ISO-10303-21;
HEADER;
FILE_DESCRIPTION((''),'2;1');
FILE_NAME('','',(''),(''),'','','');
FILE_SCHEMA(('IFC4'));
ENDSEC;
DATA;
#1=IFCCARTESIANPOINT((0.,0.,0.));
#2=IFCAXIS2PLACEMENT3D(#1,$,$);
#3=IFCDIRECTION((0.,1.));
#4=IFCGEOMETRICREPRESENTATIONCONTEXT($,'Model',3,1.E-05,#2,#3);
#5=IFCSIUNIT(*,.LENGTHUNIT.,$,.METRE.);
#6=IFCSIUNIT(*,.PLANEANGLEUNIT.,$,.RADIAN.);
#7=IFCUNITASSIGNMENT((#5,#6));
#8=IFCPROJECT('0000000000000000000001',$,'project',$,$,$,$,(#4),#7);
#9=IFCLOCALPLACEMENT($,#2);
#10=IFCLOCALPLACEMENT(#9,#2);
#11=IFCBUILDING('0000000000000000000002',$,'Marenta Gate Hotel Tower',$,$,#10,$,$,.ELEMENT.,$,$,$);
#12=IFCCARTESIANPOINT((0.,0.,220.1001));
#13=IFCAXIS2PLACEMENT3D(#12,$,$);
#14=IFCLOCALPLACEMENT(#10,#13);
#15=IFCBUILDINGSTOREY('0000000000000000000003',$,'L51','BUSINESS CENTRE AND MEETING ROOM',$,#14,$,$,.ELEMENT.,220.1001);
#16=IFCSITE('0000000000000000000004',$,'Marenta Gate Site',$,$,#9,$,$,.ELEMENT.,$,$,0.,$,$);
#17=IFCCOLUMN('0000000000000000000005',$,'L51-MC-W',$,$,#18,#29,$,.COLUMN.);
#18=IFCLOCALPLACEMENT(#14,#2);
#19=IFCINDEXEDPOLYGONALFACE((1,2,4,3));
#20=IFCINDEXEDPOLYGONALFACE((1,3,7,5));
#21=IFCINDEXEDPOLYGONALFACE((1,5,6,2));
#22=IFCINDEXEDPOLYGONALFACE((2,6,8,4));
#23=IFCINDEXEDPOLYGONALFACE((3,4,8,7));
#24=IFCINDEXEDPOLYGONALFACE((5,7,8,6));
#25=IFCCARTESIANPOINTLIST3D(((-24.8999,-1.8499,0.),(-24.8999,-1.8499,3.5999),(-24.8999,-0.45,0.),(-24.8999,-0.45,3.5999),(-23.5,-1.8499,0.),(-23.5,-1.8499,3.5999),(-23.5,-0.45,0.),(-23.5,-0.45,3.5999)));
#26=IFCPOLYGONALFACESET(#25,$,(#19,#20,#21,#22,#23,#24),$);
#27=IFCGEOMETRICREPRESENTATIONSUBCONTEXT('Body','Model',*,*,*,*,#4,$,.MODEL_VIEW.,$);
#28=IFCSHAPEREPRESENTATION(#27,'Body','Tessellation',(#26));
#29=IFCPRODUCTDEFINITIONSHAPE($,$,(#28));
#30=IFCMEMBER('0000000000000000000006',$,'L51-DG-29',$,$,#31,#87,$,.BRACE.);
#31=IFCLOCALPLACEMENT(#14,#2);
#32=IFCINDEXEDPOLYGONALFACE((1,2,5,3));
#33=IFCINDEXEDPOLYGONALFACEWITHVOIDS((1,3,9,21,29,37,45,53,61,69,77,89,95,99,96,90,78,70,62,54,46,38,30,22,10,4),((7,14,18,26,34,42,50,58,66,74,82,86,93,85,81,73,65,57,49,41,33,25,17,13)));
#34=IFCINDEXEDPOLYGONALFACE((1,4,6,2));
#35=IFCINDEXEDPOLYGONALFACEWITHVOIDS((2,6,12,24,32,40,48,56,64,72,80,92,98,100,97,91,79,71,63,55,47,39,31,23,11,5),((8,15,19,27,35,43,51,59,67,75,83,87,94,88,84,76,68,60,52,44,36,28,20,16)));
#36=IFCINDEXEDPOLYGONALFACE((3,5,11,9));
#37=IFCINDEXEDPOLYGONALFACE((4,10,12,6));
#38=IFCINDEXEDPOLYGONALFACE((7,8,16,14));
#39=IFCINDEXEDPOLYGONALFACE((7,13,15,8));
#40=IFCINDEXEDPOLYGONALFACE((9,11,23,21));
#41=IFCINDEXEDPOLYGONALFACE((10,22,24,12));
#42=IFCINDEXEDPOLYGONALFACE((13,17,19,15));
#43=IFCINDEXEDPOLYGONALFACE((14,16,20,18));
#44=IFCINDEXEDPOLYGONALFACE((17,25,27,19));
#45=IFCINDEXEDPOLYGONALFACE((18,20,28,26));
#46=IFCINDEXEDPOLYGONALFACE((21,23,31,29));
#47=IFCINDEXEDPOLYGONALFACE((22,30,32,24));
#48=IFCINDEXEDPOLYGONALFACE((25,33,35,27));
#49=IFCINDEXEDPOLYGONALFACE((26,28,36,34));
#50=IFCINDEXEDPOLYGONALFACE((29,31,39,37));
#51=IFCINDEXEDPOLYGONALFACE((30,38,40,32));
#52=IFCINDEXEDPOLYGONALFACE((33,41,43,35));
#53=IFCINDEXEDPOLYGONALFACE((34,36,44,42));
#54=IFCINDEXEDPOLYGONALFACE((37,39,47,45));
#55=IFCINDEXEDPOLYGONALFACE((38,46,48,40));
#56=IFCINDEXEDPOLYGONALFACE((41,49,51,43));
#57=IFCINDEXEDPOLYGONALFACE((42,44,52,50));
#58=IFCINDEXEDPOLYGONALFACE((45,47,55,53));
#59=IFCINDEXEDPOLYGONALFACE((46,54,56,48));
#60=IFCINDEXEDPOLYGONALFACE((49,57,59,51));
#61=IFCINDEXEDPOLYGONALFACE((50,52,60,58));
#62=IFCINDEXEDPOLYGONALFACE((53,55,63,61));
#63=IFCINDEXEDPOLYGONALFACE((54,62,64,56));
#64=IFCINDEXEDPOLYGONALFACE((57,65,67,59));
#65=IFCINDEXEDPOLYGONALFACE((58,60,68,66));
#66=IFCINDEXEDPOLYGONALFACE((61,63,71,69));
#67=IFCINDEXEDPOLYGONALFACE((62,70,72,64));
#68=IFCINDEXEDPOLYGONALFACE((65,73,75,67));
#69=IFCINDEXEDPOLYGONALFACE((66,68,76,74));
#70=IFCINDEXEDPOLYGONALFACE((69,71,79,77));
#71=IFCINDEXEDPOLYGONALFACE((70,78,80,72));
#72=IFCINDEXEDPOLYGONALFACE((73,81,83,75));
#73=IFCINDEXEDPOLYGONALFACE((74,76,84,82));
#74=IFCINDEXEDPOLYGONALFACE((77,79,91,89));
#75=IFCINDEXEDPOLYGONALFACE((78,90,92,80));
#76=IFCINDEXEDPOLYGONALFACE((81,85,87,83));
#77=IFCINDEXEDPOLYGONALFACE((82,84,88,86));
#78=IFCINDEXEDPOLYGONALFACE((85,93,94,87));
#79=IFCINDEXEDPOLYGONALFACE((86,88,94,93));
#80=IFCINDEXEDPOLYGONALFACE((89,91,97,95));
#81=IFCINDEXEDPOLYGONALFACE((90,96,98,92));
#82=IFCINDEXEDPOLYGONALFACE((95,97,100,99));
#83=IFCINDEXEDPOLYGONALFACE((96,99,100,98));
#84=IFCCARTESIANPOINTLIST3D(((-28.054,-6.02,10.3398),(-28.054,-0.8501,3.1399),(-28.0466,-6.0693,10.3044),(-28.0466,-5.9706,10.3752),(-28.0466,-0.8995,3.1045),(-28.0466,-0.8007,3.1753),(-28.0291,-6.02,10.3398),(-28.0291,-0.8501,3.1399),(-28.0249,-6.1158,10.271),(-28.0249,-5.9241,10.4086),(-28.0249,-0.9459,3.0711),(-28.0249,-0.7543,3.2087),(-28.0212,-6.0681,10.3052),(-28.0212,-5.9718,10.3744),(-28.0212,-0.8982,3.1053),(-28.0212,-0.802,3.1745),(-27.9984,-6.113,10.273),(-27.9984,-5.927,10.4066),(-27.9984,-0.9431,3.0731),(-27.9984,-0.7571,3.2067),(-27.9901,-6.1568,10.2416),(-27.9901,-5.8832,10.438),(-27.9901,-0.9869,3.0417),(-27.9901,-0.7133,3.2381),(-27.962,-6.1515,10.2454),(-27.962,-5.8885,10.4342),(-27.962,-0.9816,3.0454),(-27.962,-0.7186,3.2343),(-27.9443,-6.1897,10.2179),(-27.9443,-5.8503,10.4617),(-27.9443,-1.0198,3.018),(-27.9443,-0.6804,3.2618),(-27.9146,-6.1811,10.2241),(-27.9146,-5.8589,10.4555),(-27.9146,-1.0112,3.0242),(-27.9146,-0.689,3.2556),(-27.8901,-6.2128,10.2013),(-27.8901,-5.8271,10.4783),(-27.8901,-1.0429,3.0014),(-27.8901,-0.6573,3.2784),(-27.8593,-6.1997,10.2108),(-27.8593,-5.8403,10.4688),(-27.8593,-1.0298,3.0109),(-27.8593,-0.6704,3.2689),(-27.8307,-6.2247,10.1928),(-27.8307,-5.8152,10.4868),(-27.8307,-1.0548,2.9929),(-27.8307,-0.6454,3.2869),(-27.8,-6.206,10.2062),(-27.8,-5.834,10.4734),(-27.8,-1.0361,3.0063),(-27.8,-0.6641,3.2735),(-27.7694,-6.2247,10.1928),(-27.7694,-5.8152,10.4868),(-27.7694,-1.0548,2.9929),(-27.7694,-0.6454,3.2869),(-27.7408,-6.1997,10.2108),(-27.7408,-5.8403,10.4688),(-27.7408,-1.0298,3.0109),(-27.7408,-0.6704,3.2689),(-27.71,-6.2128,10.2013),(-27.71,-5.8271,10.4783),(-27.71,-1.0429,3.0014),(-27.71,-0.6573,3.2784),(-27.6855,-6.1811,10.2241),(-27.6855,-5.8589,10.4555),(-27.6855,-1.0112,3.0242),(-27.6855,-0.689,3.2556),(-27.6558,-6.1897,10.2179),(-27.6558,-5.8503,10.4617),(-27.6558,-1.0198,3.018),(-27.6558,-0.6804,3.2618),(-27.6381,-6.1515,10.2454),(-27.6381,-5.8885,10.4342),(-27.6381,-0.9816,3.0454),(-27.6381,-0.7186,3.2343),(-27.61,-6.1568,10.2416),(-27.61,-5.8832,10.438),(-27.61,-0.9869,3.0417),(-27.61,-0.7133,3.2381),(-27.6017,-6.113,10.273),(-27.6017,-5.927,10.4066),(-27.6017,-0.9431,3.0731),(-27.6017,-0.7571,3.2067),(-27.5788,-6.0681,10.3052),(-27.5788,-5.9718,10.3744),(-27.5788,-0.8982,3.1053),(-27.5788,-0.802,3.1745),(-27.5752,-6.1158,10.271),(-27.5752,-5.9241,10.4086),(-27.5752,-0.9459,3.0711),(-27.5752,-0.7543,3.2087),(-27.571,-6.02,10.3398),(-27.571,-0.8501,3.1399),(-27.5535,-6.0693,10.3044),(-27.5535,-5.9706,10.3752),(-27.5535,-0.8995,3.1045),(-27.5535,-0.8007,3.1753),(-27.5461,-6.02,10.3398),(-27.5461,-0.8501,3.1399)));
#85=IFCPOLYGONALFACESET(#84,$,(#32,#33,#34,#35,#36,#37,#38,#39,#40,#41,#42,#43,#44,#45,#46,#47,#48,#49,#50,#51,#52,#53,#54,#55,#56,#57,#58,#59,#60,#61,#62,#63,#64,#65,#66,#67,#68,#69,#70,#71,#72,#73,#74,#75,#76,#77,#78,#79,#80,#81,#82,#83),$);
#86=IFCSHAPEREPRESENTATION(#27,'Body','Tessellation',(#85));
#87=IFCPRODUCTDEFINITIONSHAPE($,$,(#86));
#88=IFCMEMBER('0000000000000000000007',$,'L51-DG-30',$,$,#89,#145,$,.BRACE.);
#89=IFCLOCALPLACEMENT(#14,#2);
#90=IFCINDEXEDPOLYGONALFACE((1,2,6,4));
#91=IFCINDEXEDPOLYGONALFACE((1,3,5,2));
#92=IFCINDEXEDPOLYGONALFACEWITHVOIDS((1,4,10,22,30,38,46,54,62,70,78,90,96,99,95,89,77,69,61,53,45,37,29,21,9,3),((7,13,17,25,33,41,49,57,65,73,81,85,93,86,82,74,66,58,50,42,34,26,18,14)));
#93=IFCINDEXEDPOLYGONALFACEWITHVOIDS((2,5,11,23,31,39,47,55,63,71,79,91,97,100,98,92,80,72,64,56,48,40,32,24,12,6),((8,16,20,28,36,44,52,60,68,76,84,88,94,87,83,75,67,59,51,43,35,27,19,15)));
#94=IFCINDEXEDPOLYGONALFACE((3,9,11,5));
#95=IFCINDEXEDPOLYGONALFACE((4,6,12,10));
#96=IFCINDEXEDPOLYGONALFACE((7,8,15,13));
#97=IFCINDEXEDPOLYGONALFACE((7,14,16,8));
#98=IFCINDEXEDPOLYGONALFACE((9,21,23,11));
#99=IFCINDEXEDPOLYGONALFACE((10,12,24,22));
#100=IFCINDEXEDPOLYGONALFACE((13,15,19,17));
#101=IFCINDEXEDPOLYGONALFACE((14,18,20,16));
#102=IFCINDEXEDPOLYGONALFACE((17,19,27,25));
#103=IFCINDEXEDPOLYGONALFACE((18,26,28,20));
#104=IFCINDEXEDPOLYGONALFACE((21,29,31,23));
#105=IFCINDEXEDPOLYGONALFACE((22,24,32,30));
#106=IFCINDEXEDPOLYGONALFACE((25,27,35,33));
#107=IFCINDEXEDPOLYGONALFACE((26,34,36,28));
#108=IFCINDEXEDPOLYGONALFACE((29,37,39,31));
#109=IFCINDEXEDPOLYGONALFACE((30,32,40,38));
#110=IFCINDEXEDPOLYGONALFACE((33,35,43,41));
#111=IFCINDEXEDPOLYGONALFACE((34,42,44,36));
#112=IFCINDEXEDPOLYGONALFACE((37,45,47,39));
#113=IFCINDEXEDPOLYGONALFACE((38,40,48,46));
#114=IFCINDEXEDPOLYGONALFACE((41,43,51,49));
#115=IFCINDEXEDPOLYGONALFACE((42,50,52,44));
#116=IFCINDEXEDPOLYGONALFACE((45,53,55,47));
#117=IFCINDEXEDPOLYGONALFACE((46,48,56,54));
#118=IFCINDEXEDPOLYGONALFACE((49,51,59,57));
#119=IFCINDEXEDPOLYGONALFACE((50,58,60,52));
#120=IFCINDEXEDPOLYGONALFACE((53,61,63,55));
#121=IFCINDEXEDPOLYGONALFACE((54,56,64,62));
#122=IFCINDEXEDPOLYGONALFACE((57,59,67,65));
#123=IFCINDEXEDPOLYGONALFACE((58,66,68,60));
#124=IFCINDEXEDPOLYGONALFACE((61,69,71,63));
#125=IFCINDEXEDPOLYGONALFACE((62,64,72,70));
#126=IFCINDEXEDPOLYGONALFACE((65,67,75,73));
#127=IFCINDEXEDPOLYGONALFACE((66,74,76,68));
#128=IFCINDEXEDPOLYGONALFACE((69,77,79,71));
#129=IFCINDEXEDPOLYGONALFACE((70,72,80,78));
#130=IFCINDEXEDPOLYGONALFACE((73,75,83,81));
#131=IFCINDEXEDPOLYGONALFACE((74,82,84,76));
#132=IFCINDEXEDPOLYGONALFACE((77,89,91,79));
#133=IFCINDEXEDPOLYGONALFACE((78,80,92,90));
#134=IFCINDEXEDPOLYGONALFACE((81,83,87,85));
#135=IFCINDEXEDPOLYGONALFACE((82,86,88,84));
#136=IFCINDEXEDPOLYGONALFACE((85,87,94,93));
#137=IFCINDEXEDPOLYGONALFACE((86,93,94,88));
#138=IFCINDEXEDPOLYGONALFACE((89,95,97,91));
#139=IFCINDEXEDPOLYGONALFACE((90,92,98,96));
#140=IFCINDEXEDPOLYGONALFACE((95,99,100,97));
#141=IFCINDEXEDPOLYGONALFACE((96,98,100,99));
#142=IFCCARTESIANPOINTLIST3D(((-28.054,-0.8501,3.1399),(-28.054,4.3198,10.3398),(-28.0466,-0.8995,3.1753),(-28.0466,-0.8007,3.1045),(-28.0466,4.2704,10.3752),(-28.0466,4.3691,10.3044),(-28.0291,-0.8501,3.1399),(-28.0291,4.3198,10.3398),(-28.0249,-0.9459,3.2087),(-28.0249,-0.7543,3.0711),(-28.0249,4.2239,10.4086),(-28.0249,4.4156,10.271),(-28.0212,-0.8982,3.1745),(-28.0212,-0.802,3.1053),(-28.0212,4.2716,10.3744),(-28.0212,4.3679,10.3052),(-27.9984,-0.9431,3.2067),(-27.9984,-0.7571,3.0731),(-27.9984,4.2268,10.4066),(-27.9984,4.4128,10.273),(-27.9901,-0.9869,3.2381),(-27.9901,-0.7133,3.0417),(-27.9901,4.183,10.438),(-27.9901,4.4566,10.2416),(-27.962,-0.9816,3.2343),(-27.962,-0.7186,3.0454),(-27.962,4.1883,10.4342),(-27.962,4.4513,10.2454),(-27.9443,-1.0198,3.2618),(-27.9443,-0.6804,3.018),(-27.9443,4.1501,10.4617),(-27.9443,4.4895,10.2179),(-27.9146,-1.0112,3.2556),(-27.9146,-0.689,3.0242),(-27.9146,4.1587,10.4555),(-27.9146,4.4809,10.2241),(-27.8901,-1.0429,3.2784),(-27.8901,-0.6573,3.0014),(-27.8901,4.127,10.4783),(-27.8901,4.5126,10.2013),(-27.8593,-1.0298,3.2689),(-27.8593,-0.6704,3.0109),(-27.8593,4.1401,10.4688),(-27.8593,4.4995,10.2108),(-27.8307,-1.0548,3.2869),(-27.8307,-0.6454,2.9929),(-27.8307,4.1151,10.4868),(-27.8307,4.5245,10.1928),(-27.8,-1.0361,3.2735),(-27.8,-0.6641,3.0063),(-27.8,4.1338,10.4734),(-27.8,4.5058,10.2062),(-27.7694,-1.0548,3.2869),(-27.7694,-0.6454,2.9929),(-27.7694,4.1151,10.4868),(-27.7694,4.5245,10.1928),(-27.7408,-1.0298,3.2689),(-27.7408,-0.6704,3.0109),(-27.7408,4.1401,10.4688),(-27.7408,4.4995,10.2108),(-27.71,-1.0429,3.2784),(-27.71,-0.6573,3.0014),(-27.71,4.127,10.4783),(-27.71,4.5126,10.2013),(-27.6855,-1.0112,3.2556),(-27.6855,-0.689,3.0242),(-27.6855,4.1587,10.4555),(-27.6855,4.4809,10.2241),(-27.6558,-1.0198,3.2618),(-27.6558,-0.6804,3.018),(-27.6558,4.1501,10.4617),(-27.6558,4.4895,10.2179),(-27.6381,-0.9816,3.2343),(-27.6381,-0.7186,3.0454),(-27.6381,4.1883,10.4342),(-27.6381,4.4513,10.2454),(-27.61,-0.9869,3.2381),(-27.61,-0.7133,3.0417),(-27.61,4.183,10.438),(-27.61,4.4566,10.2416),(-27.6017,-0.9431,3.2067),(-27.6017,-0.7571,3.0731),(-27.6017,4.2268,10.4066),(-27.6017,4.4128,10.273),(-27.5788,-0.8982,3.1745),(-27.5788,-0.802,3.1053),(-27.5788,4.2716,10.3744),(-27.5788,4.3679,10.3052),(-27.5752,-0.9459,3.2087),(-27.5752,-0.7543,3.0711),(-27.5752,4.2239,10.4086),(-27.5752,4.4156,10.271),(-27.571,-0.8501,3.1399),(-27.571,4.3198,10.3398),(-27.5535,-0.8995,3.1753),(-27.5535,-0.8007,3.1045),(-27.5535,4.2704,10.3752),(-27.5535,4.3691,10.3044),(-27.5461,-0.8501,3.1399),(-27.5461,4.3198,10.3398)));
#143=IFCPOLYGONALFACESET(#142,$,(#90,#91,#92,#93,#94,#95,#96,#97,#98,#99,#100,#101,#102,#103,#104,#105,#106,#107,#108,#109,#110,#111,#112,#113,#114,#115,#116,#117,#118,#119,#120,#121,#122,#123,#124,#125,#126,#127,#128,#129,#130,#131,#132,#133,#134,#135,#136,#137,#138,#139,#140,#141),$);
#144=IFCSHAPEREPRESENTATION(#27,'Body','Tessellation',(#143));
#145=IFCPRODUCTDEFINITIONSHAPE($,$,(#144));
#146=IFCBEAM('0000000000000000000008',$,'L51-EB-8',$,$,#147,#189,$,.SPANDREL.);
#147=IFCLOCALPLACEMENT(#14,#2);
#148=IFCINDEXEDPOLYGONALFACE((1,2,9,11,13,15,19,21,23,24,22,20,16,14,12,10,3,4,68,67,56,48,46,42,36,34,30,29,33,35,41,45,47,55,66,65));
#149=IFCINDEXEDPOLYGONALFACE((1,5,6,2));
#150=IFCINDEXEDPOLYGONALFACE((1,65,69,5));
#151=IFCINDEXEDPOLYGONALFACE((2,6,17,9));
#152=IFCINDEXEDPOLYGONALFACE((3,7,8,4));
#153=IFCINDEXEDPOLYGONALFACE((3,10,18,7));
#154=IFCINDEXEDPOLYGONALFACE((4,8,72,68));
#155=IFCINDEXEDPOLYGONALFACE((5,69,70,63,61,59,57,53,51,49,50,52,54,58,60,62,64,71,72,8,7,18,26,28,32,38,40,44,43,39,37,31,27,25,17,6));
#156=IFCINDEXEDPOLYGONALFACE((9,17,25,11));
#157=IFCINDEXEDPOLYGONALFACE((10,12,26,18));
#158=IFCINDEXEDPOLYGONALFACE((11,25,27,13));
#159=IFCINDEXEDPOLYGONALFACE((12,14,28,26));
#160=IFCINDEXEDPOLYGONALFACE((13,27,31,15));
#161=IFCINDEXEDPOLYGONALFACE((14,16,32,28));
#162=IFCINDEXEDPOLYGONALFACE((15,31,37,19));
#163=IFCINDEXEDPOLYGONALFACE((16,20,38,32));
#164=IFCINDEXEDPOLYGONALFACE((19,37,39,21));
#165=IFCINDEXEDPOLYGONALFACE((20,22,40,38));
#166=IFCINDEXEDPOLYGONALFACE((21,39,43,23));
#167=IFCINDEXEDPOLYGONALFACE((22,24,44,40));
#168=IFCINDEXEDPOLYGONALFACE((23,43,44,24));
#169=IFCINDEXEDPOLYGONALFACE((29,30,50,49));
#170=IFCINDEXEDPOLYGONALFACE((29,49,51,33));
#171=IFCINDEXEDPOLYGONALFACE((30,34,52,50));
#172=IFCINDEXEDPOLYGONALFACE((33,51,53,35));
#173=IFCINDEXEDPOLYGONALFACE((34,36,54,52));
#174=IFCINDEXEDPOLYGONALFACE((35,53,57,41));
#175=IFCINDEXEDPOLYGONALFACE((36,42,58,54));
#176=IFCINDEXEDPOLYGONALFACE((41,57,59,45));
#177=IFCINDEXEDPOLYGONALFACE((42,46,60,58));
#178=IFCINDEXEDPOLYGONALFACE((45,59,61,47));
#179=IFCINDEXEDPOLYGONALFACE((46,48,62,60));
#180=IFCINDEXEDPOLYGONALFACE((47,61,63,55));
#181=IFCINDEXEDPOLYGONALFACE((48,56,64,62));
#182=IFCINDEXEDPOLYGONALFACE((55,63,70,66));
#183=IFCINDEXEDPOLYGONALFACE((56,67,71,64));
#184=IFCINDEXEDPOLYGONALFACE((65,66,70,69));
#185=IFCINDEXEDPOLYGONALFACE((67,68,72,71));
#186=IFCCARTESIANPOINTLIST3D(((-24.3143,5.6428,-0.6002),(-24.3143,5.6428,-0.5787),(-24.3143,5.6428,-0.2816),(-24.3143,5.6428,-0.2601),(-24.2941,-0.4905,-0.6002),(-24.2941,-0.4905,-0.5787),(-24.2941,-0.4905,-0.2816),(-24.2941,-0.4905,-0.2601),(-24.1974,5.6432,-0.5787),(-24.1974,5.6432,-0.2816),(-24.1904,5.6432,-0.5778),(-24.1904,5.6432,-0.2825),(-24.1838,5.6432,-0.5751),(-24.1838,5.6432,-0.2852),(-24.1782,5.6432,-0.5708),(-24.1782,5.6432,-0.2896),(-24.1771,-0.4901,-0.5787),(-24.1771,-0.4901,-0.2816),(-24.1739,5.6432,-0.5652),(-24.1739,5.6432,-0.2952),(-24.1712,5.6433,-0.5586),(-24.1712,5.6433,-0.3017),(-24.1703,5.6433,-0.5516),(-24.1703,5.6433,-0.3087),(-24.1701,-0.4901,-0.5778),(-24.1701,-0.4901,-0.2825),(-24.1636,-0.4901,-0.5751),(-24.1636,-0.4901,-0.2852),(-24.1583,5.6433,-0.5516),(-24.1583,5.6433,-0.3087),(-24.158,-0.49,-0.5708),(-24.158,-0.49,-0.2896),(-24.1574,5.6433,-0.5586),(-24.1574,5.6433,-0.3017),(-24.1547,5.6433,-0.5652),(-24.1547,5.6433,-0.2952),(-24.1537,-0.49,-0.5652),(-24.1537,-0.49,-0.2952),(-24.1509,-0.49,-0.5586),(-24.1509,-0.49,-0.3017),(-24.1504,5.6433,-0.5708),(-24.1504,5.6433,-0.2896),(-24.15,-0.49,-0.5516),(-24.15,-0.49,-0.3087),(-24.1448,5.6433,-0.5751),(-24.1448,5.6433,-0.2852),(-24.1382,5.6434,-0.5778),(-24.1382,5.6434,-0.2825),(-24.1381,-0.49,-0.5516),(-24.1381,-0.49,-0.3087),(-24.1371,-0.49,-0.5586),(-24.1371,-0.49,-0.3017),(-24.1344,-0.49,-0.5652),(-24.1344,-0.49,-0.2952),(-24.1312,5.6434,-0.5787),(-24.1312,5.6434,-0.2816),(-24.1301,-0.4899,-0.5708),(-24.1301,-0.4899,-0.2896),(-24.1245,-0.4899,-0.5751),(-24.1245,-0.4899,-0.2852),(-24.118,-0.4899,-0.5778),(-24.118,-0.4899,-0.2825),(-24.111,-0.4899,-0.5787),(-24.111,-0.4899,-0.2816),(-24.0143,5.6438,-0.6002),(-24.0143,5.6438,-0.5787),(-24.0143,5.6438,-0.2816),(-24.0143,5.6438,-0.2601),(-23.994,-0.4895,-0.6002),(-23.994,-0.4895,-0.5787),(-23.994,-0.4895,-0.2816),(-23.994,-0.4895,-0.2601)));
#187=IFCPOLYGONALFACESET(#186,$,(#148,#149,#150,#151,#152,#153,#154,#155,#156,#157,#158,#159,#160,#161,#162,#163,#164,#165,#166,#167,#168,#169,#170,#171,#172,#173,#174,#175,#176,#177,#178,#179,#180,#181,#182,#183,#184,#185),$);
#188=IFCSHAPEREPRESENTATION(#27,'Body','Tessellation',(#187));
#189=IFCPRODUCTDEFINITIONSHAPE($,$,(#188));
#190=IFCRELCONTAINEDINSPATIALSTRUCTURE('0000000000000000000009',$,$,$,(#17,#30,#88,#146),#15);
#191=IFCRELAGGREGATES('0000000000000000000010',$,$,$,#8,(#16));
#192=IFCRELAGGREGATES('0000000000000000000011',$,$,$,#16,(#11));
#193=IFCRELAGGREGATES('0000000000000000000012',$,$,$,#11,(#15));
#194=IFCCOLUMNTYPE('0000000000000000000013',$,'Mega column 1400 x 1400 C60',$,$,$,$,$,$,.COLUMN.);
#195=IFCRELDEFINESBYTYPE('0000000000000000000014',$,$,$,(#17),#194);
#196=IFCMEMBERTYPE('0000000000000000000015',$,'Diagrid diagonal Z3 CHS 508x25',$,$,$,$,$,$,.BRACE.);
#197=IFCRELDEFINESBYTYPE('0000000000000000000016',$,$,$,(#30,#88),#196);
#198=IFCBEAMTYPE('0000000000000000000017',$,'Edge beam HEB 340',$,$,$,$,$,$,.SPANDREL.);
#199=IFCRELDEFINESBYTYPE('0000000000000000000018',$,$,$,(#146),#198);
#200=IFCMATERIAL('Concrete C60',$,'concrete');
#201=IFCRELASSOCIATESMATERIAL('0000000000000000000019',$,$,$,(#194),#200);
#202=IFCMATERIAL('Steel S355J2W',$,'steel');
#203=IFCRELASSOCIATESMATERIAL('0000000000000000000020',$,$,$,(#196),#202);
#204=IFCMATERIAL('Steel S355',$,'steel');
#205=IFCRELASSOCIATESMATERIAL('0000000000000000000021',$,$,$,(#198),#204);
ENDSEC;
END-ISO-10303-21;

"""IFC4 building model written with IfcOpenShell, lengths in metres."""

from ifc_helpers import new_model, si_unit, direction, frame, origin, origin_2d, place, context, subcontext, project, spatial, rectangle, hollow_circle, i_section, extrude, material, material_profile, profile_set, type_object, element, save


model = new_model("IFC4")

# Units and contexts
model_context = context("Model", 3, precision=1e-05, world=origin(), true_north=direction((0.0, 1.0)))
body_context = subcontext(model_context, "Body", "Model", "MODEL_VIEW")
ifc_project = project(units=[si_unit("LENGTHUNIT", "METRE"), si_unit("PLANEANGLEUNIT", "RADIAN")], contexts=[model_context])

# Site, building, storey
site_placement = place(None, origin())
site = spatial("IfcSite", under=ifc_project, at=site_placement, Name="Marenta Gate Site", CompositionType="ELEMENT", RefElevation=0.0)
building_placement = place(site_placement, origin())
building = spatial("IfcBuilding", under=site, at=building_placement, Name="Marenta Gate Hotel Tower", CompositionType="ELEMENT")
storey_placement = place(building_placement, frame((0.0, 0.0, 220.1001)))
storey = spatial("IfcBuildingStorey", under=building, at=storey_placement, Name="L51", Description="BUSINESS CENTRE AND MEETING ROOM", CompositionType="ELEMENT", Elevation=220.1001)

# Column
ifc_material_1 = material(Name="Concrete C60", Category="concrete")
ifc_material_profile_1 = material_profile(ifc_material_1, rectangle(XDim=1.3999, YDim=1.3999, at=origin_2d()), Name="1400 x 1400")
ifc_profile_set_1 = profile_set([ifc_material_profile_1], Name="Concrete C60")
column_type = type_object("IfcColumnType", Name="Mega column 1400 x 1400 C60", PredefinedType="COLUMN", material=ifc_profile_set_1)
column_placement = place(storey_placement, frame((-24.2, -1.1499, 0.0), z_axis=(0.0, 0.0, 1.0), x_axis=(1.0, 0.0, 0.0)))
element("IfcColumn", 1, at=column_placement, inside=storey, type_object=column_type, Name="L51-MC-W", PredefinedType="COLUMN", context=body_context, shape_type="SweptSolid", body=[
    extrude(rectangle(XDim=1.3999, YDim=1.3999, at=origin_2d()), origin(), (0.0, 0.0, 1.0), 3.5999),
])

# Members
ifc_material_2 = material(Name="Steel S355J2W", Category="steel")
ifc_material_profile_2 = material_profile(ifc_material_2, hollow_circle(Radius=0.2539, WallThickness=0.0249, at=origin_2d()), Name="CHS 508x25")
ifc_profile_set_2 = profile_set([ifc_material_profile_2], Name="Steel S355J2W")
member_type_1 = type_object("IfcMemberType", Name="Diagrid diagonal Z3 CHS 508x25", PredefinedType="BRACE", material=ifc_profile_set_2)
for number, where, z_axis, x_axis, name in (
    (2, (-27.8, -0.8501, 3.1399), (0.0, -0.583261, 0.812285), (1.0, 0.0, 0.0), "L51-DG-29"),
    (3, (-27.8, -0.8501, 3.1399), (0.0, 0.583261, 0.812285), (-1.0, 0.0, 0.0), "L51-DG-30"),
):
    element("IfcMember", number, at=place(storey_placement, frame(where, z_axis=z_axis, x_axis=x_axis)), inside=storey, type_object=member_type_1, Name=name, PredefinedType="BRACE", context=body_context, shape_type="SweptSolid", body=[
        extrude(hollow_circle(Radius=0.2539, WallThickness=0.0249, at=origin_2d()), origin(), (0.0, 0.0, 1.0), 8.8638),
    ])

# Beam
ifc_material_3 = material(Name="Steel S355", Category="steel")
ifc_material_profile_3 = material_profile(ifc_material_3, i_section(OverallWidth=0.3, OverallDepth=0.3401, WebThickness=0.012, FlangeThickness=0.0215, FilletRadius=0.0271, at=origin_2d()), Name="HEB 340")
ifc_profile_set_3 = profile_set([ifc_material_profile_3], Name="Steel S355")
beam_type = type_object("IfcBeamType", Name="Edge beam HEB 340", PredefinedType="SPANDREL", material=ifc_profile_set_3)
beam_placement = place(storey_placement, frame((-24.144, -0.49, -0.4302), z_axis=(-0.003304, 0.999995, 0.0), x_axis=(-0.999995, -0.003304, 0.0)))
element("IfcBeam", 4, at=beam_placement, inside=storey, type_object=beam_type, Name="L51-EB-8", PredefinedType="SPANDREL", context=body_context, shape_type="SweptSolid", body=[
    extrude(i_section(OverallWidth=0.3, OverallDepth=0.3401, WebThickness=0.012, FlangeThickness=0.0215, FilletRadius=0.0271, at=origin_2d()), origin(), (0.0, 0.0, 1.0), 6.1333),
])

save(model, "model.ifc")
